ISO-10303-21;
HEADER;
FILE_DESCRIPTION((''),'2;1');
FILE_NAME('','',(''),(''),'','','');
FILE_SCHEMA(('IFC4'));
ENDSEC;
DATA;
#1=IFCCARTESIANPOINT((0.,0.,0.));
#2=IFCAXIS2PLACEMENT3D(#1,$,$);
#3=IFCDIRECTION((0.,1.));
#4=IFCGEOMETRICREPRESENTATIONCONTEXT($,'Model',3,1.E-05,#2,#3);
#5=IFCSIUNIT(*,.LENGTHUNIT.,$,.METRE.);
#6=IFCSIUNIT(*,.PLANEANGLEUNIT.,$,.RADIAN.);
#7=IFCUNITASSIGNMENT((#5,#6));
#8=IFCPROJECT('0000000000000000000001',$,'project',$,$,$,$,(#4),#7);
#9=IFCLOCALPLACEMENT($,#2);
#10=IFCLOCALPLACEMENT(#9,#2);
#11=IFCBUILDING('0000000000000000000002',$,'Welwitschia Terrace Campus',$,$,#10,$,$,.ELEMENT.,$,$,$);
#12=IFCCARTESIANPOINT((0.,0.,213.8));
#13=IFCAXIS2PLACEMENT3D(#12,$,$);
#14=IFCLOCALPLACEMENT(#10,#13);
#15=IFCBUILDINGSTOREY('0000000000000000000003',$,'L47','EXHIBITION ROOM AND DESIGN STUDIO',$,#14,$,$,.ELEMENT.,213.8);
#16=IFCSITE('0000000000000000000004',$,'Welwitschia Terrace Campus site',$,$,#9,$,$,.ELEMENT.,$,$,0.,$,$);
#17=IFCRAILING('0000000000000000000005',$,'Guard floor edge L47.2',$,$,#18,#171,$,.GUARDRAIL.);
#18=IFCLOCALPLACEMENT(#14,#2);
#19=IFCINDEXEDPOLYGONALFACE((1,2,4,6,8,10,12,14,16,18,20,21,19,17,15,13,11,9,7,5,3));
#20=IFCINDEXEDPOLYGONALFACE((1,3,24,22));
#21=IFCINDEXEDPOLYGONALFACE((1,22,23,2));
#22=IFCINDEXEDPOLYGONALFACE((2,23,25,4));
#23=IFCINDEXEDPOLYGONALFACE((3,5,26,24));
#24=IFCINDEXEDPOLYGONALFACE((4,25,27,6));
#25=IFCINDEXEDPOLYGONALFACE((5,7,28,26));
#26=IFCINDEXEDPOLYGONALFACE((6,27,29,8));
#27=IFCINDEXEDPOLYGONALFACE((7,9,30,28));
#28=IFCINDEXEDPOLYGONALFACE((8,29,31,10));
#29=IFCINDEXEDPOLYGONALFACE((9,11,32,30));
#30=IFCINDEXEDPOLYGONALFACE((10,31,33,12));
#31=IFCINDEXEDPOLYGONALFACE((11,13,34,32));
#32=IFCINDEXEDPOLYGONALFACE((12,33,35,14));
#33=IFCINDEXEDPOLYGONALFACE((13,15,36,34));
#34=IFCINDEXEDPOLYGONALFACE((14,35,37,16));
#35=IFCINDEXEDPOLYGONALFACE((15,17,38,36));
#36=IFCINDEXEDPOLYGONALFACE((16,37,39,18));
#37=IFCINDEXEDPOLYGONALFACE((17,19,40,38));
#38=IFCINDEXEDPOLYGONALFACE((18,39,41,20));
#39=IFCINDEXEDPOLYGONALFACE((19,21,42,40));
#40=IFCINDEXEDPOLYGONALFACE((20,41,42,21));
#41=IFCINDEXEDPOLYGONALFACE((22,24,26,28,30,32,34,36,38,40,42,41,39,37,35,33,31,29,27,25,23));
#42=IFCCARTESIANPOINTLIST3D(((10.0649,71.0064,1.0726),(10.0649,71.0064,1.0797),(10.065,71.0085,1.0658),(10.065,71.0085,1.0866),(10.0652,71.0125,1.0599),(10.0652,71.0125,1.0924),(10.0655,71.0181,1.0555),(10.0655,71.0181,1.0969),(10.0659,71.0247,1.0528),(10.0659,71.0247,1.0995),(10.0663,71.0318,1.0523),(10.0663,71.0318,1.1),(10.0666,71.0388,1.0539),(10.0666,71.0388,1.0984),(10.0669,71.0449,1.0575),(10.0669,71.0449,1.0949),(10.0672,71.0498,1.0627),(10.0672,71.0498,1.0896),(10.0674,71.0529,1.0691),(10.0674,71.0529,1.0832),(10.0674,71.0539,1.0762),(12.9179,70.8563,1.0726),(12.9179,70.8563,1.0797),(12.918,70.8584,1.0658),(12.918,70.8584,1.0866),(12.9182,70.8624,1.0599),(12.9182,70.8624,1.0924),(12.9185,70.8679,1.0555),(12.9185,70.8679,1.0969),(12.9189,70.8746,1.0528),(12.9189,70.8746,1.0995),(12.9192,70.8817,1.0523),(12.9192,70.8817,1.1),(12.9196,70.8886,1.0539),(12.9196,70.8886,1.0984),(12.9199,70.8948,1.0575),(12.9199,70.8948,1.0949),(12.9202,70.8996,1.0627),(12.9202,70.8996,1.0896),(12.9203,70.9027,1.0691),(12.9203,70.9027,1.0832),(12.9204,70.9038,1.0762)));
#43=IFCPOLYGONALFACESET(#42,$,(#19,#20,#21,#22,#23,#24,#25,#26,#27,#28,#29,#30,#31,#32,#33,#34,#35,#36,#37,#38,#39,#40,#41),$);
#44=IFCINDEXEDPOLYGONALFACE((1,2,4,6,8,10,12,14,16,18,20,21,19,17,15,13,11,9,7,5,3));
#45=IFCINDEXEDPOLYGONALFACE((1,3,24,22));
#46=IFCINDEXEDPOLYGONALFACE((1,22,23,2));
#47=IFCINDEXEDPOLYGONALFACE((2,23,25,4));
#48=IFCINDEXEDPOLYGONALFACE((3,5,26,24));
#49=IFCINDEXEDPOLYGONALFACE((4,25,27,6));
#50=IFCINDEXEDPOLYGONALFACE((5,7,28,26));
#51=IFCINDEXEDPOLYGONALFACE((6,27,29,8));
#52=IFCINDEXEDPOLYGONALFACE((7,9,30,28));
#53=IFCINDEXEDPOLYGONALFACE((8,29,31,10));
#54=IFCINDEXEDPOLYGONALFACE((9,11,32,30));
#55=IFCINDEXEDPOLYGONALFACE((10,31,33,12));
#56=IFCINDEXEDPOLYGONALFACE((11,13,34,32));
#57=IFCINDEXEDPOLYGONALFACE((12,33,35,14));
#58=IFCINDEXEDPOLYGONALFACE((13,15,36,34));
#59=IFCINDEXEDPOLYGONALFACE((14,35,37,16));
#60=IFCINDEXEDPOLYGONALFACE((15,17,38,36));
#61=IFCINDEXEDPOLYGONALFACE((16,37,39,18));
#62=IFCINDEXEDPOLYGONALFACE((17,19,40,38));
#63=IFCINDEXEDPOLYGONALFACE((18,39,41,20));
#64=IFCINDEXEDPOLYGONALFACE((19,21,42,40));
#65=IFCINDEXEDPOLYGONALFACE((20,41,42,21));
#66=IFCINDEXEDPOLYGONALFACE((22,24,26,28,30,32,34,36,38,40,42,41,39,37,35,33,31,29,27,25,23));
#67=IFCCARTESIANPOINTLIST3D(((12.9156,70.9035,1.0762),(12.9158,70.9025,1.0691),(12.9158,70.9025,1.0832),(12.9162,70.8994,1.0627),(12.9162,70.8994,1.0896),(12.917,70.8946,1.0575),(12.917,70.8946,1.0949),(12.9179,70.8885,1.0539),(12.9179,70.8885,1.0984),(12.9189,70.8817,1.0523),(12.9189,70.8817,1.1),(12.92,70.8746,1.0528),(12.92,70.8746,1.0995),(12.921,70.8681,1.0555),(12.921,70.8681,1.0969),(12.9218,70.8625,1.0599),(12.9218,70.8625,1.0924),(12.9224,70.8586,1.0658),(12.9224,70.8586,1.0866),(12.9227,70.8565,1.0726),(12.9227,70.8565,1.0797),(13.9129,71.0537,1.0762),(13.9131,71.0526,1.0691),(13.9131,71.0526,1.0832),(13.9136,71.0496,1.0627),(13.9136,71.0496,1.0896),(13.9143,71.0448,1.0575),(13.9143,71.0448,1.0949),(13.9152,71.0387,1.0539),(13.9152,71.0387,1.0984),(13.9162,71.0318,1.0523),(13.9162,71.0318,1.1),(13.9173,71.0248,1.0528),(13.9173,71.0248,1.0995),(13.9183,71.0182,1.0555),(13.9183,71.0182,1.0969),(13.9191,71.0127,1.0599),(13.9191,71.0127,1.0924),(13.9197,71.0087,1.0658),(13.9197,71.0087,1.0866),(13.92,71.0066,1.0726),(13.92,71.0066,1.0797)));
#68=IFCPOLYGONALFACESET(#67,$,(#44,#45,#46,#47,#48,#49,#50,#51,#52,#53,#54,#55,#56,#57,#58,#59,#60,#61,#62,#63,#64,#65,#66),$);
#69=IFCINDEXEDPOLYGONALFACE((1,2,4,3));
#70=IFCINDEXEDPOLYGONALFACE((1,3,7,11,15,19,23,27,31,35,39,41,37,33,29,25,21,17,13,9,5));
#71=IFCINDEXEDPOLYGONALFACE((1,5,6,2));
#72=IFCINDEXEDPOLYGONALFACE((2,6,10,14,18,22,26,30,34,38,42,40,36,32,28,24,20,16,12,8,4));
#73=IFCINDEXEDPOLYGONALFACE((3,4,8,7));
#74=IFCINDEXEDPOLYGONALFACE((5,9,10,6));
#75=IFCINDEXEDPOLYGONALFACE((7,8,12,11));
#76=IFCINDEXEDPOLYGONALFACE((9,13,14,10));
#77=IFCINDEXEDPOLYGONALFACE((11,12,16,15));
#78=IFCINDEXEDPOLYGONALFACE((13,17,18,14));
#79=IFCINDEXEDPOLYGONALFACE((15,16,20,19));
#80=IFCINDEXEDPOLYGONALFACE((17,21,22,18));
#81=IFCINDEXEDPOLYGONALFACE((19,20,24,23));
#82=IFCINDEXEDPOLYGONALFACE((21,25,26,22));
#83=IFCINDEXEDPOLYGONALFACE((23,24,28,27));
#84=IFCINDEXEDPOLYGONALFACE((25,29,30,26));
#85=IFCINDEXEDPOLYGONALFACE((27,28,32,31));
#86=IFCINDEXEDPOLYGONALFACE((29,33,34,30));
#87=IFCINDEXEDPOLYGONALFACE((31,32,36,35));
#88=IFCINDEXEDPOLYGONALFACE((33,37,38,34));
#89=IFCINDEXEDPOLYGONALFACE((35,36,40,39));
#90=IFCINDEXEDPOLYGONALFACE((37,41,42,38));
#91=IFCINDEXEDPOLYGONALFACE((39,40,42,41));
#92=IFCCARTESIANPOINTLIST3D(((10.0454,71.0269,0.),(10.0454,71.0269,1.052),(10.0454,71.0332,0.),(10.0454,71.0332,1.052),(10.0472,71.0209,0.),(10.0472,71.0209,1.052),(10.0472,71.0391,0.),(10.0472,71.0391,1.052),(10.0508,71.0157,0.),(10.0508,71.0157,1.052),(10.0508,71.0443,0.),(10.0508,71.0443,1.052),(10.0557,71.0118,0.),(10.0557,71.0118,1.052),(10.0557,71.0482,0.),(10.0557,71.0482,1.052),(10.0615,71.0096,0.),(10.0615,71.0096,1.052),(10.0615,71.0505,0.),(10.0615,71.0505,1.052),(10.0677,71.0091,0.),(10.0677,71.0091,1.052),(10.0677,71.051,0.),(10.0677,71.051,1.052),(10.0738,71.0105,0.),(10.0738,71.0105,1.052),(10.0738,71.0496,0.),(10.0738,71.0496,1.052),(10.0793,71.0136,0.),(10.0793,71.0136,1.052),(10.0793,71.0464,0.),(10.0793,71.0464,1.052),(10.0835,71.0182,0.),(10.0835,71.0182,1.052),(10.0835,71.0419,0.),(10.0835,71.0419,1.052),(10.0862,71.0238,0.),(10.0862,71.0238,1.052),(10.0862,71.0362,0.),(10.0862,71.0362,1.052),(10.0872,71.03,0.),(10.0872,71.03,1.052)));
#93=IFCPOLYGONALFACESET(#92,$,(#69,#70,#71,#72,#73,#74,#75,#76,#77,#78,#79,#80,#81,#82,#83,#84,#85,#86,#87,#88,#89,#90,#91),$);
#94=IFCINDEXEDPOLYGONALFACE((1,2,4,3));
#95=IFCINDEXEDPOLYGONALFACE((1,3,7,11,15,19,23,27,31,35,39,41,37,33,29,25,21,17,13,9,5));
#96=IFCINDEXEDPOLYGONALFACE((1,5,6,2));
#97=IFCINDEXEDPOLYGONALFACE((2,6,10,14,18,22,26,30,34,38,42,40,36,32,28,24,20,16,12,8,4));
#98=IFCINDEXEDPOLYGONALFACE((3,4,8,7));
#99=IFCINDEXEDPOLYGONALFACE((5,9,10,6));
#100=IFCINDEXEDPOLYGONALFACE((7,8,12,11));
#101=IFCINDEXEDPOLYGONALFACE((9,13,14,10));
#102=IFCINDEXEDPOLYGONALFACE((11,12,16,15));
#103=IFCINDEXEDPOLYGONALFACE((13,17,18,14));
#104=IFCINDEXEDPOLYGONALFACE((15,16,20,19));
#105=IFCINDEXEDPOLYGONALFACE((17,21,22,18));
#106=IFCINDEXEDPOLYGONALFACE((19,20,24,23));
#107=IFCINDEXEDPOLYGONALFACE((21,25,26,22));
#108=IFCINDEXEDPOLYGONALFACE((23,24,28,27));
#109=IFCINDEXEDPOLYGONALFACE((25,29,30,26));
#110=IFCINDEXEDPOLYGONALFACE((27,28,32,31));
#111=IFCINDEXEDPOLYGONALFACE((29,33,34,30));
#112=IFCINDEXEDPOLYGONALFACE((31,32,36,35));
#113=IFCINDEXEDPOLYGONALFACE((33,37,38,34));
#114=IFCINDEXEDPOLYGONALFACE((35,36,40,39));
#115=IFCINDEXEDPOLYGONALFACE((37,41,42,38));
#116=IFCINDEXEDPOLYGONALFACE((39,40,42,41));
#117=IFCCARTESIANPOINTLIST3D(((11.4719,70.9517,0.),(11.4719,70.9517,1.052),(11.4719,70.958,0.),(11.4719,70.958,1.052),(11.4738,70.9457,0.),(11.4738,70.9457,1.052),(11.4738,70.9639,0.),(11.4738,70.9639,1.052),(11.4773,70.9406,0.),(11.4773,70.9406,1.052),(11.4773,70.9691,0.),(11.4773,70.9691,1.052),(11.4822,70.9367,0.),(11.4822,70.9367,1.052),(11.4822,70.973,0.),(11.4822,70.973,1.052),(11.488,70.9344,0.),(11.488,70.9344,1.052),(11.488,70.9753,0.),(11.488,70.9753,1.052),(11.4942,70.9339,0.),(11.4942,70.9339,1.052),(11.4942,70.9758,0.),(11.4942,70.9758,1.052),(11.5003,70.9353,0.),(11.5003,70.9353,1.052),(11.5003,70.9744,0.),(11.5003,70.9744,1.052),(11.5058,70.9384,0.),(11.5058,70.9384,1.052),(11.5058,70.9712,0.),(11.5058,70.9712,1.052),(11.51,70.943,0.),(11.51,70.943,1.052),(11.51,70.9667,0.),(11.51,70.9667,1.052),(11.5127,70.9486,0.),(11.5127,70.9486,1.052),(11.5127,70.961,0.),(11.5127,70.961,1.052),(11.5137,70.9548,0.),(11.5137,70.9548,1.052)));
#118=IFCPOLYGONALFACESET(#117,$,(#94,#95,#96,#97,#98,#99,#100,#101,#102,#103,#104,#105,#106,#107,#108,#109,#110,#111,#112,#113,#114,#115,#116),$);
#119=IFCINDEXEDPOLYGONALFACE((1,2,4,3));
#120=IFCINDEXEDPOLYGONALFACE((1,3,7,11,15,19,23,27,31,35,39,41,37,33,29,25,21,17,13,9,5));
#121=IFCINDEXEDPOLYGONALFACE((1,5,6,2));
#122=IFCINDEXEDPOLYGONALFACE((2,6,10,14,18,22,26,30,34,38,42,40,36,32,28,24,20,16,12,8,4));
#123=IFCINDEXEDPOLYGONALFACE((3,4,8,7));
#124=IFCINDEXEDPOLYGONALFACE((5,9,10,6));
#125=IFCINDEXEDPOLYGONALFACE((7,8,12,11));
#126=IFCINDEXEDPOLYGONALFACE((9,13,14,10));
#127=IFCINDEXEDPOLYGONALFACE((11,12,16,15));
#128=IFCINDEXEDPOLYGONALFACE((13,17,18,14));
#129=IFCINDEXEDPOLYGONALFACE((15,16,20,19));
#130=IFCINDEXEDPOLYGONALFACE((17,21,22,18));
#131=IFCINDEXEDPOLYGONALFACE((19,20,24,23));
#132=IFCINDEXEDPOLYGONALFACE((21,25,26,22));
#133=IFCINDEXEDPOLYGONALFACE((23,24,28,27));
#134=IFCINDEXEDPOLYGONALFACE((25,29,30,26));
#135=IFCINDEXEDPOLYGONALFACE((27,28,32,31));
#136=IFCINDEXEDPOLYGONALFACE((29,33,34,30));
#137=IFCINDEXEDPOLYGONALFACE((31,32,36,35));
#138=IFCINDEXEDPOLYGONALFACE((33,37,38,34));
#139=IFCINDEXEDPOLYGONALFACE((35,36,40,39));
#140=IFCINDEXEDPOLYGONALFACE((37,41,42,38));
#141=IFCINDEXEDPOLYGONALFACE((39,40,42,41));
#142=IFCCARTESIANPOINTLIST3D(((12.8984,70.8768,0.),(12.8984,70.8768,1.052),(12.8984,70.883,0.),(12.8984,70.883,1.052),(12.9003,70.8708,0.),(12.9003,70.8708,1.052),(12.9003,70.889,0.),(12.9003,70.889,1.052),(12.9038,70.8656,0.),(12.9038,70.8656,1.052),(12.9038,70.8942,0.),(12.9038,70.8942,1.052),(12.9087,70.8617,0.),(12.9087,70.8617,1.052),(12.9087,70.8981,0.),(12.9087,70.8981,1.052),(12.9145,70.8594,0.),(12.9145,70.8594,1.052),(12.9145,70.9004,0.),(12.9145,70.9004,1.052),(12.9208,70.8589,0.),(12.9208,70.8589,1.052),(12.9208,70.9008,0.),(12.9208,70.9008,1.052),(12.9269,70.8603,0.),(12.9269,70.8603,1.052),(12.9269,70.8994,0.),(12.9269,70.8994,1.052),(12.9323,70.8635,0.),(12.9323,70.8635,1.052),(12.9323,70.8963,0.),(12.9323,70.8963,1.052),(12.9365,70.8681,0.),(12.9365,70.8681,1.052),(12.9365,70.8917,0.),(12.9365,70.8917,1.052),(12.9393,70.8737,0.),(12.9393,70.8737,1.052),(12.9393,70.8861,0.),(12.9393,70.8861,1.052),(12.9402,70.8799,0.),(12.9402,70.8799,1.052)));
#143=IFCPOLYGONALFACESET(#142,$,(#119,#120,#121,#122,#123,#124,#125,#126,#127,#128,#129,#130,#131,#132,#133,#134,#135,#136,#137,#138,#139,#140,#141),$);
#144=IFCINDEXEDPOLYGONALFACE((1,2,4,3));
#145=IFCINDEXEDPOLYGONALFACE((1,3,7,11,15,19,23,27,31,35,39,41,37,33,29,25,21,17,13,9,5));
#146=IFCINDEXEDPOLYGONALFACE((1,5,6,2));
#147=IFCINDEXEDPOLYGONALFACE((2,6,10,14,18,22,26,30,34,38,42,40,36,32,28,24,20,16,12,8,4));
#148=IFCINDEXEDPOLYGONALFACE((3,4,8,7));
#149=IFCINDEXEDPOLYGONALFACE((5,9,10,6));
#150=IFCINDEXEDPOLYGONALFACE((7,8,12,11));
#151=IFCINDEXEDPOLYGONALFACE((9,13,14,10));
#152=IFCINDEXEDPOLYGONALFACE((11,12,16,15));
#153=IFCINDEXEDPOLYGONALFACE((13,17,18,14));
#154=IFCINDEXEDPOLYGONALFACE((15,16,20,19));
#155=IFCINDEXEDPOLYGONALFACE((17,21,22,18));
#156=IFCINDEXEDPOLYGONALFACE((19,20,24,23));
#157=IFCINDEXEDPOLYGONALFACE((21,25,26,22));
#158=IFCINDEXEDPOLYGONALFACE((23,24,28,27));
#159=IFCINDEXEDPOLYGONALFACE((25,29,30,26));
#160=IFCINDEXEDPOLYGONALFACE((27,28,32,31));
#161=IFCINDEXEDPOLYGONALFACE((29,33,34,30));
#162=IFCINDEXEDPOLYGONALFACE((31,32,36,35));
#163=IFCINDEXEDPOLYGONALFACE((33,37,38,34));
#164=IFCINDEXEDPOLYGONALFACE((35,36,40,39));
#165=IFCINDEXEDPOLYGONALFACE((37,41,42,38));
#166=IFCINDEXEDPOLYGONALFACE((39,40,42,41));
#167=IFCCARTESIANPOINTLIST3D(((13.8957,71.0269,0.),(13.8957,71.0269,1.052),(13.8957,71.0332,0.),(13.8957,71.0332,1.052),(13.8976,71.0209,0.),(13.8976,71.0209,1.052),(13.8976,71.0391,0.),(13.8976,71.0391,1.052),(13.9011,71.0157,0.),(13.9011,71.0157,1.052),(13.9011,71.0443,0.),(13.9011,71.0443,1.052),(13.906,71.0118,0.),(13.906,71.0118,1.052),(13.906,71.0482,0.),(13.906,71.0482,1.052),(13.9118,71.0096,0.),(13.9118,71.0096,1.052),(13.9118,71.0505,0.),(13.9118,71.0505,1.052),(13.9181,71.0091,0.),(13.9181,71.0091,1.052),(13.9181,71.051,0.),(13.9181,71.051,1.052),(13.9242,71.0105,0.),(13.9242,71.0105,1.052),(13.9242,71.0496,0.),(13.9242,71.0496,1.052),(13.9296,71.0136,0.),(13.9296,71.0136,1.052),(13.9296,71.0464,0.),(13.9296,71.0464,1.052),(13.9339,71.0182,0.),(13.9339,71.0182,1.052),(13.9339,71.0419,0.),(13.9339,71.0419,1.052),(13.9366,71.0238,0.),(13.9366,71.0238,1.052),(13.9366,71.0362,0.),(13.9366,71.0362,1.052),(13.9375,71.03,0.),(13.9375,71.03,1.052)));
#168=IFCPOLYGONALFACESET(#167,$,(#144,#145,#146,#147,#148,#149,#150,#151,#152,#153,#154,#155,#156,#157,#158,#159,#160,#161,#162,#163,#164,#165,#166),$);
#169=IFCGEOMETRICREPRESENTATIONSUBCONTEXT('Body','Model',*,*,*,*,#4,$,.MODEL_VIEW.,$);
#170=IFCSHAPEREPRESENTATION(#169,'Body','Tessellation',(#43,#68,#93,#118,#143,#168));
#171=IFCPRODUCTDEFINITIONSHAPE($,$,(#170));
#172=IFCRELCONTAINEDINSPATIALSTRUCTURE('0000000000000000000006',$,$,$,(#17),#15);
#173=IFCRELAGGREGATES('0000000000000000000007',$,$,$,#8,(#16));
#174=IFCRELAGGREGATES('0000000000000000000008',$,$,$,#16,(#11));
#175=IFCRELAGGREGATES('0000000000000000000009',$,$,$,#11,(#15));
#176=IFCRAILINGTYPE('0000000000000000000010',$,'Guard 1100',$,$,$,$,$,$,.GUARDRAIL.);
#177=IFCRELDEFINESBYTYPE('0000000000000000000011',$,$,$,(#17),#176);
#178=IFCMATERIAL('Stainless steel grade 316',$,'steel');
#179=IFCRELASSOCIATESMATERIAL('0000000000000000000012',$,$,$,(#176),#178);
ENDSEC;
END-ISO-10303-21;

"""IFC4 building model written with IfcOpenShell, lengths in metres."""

from ifc_helpers import new_model, si_unit, direction, frame, origin, origin_2d, place, context, subcontext, project, spatial, circle, extrude, material, type_object, element, save


model = new_model("IFC4")

# Units and contexts
model_context = context("Model", 3, precision=1e-05, world=origin(), true_north=direction((0.0, 1.0)))
body_context = subcontext(model_context, "Body", "Model", "MODEL_VIEW")
ifc_project = project(units=[si_unit("LENGTHUNIT", "METRE"), si_unit("PLANEANGLEUNIT", "RADIAN")], contexts=[model_context])

# Site, building, storey
site_placement = place(None, origin())
site = spatial("IfcSite", under=ifc_project, at=site_placement, Name="Welwitschia Terrace Campus site", CompositionType="ELEMENT", RefElevation=0.0)
building_placement = place(site_placement, origin())
building = spatial("IfcBuilding", under=site, at=building_placement, Name="Welwitschia Terrace Campus", CompositionType="ELEMENT")
storey_placement = place(building_placement, frame((0.0, 0.0, 213.8)))
storey = spatial("IfcBuildingStorey", under=building, at=storey_placement, Name="L47", Description="EXHIBITION ROOM AND DESIGN STUDIO", CompositionType="ELEMENT", Elevation=213.8)

# Railing
ifc_material_1 = material(Name="Stainless steel grade 316", Category="steel")
railing_type = type_object("IfcRailingType", Name="Guard 1100", PredefinedType="GUARDRAIL", material=ifc_material_1)
railing_1_placement = place(storey_placement, frame((10.0662, 71.03, 0.0)))
element("IfcRailing", 1, at=railing_1_placement, inside=storey, type_object=railing_type, Name="Guard floor edge L47.2", PredefinedType="GUARDRAIL", context=body_context, shape_type="SweptSolid", body=[
    extrude(circle(Radius=0.0239, at=origin_2d()), frame((0.0, 0.0, 1.0762), z_axis=(0.998618, -0.052554, 0.0), x_axis=(0.052554, 0.998618, 0.0)), (0.0, 0.0, 1.0), 2.8569),
    extrude(circle(Radius=0.0239, at=origin_2d()), frame((2.853, -0.1501, 1.0762), z_axis=(0.988856, 0.148873, 0.0), x_axis=(-0.148873, 0.988856, 0.0)), (0.0, 0.0, 1.0), 1.0085),
    extrude(circle(Radius=0.021, at=origin_2d()), origin(), (0.0, 0.0, 1.0), 1.052),
    extrude(circle(Radius=0.021, at=origin_2d()), frame((1.4265, -0.0752, 0.0)), (0.0, 0.0, 1.0), 1.052),
    extrude(circle(Radius=0.021, at=origin_2d()), frame((2.853, -0.1501, 0.0)), (0.0, 0.0, 1.0), 1.052),
    extrude(circle(Radius=0.021, at=origin_2d()), frame((3.8503, 0.0, 0.0)), (0.0, 0.0, 1.0), 1.052),
])

save(model, "model.ifc")
